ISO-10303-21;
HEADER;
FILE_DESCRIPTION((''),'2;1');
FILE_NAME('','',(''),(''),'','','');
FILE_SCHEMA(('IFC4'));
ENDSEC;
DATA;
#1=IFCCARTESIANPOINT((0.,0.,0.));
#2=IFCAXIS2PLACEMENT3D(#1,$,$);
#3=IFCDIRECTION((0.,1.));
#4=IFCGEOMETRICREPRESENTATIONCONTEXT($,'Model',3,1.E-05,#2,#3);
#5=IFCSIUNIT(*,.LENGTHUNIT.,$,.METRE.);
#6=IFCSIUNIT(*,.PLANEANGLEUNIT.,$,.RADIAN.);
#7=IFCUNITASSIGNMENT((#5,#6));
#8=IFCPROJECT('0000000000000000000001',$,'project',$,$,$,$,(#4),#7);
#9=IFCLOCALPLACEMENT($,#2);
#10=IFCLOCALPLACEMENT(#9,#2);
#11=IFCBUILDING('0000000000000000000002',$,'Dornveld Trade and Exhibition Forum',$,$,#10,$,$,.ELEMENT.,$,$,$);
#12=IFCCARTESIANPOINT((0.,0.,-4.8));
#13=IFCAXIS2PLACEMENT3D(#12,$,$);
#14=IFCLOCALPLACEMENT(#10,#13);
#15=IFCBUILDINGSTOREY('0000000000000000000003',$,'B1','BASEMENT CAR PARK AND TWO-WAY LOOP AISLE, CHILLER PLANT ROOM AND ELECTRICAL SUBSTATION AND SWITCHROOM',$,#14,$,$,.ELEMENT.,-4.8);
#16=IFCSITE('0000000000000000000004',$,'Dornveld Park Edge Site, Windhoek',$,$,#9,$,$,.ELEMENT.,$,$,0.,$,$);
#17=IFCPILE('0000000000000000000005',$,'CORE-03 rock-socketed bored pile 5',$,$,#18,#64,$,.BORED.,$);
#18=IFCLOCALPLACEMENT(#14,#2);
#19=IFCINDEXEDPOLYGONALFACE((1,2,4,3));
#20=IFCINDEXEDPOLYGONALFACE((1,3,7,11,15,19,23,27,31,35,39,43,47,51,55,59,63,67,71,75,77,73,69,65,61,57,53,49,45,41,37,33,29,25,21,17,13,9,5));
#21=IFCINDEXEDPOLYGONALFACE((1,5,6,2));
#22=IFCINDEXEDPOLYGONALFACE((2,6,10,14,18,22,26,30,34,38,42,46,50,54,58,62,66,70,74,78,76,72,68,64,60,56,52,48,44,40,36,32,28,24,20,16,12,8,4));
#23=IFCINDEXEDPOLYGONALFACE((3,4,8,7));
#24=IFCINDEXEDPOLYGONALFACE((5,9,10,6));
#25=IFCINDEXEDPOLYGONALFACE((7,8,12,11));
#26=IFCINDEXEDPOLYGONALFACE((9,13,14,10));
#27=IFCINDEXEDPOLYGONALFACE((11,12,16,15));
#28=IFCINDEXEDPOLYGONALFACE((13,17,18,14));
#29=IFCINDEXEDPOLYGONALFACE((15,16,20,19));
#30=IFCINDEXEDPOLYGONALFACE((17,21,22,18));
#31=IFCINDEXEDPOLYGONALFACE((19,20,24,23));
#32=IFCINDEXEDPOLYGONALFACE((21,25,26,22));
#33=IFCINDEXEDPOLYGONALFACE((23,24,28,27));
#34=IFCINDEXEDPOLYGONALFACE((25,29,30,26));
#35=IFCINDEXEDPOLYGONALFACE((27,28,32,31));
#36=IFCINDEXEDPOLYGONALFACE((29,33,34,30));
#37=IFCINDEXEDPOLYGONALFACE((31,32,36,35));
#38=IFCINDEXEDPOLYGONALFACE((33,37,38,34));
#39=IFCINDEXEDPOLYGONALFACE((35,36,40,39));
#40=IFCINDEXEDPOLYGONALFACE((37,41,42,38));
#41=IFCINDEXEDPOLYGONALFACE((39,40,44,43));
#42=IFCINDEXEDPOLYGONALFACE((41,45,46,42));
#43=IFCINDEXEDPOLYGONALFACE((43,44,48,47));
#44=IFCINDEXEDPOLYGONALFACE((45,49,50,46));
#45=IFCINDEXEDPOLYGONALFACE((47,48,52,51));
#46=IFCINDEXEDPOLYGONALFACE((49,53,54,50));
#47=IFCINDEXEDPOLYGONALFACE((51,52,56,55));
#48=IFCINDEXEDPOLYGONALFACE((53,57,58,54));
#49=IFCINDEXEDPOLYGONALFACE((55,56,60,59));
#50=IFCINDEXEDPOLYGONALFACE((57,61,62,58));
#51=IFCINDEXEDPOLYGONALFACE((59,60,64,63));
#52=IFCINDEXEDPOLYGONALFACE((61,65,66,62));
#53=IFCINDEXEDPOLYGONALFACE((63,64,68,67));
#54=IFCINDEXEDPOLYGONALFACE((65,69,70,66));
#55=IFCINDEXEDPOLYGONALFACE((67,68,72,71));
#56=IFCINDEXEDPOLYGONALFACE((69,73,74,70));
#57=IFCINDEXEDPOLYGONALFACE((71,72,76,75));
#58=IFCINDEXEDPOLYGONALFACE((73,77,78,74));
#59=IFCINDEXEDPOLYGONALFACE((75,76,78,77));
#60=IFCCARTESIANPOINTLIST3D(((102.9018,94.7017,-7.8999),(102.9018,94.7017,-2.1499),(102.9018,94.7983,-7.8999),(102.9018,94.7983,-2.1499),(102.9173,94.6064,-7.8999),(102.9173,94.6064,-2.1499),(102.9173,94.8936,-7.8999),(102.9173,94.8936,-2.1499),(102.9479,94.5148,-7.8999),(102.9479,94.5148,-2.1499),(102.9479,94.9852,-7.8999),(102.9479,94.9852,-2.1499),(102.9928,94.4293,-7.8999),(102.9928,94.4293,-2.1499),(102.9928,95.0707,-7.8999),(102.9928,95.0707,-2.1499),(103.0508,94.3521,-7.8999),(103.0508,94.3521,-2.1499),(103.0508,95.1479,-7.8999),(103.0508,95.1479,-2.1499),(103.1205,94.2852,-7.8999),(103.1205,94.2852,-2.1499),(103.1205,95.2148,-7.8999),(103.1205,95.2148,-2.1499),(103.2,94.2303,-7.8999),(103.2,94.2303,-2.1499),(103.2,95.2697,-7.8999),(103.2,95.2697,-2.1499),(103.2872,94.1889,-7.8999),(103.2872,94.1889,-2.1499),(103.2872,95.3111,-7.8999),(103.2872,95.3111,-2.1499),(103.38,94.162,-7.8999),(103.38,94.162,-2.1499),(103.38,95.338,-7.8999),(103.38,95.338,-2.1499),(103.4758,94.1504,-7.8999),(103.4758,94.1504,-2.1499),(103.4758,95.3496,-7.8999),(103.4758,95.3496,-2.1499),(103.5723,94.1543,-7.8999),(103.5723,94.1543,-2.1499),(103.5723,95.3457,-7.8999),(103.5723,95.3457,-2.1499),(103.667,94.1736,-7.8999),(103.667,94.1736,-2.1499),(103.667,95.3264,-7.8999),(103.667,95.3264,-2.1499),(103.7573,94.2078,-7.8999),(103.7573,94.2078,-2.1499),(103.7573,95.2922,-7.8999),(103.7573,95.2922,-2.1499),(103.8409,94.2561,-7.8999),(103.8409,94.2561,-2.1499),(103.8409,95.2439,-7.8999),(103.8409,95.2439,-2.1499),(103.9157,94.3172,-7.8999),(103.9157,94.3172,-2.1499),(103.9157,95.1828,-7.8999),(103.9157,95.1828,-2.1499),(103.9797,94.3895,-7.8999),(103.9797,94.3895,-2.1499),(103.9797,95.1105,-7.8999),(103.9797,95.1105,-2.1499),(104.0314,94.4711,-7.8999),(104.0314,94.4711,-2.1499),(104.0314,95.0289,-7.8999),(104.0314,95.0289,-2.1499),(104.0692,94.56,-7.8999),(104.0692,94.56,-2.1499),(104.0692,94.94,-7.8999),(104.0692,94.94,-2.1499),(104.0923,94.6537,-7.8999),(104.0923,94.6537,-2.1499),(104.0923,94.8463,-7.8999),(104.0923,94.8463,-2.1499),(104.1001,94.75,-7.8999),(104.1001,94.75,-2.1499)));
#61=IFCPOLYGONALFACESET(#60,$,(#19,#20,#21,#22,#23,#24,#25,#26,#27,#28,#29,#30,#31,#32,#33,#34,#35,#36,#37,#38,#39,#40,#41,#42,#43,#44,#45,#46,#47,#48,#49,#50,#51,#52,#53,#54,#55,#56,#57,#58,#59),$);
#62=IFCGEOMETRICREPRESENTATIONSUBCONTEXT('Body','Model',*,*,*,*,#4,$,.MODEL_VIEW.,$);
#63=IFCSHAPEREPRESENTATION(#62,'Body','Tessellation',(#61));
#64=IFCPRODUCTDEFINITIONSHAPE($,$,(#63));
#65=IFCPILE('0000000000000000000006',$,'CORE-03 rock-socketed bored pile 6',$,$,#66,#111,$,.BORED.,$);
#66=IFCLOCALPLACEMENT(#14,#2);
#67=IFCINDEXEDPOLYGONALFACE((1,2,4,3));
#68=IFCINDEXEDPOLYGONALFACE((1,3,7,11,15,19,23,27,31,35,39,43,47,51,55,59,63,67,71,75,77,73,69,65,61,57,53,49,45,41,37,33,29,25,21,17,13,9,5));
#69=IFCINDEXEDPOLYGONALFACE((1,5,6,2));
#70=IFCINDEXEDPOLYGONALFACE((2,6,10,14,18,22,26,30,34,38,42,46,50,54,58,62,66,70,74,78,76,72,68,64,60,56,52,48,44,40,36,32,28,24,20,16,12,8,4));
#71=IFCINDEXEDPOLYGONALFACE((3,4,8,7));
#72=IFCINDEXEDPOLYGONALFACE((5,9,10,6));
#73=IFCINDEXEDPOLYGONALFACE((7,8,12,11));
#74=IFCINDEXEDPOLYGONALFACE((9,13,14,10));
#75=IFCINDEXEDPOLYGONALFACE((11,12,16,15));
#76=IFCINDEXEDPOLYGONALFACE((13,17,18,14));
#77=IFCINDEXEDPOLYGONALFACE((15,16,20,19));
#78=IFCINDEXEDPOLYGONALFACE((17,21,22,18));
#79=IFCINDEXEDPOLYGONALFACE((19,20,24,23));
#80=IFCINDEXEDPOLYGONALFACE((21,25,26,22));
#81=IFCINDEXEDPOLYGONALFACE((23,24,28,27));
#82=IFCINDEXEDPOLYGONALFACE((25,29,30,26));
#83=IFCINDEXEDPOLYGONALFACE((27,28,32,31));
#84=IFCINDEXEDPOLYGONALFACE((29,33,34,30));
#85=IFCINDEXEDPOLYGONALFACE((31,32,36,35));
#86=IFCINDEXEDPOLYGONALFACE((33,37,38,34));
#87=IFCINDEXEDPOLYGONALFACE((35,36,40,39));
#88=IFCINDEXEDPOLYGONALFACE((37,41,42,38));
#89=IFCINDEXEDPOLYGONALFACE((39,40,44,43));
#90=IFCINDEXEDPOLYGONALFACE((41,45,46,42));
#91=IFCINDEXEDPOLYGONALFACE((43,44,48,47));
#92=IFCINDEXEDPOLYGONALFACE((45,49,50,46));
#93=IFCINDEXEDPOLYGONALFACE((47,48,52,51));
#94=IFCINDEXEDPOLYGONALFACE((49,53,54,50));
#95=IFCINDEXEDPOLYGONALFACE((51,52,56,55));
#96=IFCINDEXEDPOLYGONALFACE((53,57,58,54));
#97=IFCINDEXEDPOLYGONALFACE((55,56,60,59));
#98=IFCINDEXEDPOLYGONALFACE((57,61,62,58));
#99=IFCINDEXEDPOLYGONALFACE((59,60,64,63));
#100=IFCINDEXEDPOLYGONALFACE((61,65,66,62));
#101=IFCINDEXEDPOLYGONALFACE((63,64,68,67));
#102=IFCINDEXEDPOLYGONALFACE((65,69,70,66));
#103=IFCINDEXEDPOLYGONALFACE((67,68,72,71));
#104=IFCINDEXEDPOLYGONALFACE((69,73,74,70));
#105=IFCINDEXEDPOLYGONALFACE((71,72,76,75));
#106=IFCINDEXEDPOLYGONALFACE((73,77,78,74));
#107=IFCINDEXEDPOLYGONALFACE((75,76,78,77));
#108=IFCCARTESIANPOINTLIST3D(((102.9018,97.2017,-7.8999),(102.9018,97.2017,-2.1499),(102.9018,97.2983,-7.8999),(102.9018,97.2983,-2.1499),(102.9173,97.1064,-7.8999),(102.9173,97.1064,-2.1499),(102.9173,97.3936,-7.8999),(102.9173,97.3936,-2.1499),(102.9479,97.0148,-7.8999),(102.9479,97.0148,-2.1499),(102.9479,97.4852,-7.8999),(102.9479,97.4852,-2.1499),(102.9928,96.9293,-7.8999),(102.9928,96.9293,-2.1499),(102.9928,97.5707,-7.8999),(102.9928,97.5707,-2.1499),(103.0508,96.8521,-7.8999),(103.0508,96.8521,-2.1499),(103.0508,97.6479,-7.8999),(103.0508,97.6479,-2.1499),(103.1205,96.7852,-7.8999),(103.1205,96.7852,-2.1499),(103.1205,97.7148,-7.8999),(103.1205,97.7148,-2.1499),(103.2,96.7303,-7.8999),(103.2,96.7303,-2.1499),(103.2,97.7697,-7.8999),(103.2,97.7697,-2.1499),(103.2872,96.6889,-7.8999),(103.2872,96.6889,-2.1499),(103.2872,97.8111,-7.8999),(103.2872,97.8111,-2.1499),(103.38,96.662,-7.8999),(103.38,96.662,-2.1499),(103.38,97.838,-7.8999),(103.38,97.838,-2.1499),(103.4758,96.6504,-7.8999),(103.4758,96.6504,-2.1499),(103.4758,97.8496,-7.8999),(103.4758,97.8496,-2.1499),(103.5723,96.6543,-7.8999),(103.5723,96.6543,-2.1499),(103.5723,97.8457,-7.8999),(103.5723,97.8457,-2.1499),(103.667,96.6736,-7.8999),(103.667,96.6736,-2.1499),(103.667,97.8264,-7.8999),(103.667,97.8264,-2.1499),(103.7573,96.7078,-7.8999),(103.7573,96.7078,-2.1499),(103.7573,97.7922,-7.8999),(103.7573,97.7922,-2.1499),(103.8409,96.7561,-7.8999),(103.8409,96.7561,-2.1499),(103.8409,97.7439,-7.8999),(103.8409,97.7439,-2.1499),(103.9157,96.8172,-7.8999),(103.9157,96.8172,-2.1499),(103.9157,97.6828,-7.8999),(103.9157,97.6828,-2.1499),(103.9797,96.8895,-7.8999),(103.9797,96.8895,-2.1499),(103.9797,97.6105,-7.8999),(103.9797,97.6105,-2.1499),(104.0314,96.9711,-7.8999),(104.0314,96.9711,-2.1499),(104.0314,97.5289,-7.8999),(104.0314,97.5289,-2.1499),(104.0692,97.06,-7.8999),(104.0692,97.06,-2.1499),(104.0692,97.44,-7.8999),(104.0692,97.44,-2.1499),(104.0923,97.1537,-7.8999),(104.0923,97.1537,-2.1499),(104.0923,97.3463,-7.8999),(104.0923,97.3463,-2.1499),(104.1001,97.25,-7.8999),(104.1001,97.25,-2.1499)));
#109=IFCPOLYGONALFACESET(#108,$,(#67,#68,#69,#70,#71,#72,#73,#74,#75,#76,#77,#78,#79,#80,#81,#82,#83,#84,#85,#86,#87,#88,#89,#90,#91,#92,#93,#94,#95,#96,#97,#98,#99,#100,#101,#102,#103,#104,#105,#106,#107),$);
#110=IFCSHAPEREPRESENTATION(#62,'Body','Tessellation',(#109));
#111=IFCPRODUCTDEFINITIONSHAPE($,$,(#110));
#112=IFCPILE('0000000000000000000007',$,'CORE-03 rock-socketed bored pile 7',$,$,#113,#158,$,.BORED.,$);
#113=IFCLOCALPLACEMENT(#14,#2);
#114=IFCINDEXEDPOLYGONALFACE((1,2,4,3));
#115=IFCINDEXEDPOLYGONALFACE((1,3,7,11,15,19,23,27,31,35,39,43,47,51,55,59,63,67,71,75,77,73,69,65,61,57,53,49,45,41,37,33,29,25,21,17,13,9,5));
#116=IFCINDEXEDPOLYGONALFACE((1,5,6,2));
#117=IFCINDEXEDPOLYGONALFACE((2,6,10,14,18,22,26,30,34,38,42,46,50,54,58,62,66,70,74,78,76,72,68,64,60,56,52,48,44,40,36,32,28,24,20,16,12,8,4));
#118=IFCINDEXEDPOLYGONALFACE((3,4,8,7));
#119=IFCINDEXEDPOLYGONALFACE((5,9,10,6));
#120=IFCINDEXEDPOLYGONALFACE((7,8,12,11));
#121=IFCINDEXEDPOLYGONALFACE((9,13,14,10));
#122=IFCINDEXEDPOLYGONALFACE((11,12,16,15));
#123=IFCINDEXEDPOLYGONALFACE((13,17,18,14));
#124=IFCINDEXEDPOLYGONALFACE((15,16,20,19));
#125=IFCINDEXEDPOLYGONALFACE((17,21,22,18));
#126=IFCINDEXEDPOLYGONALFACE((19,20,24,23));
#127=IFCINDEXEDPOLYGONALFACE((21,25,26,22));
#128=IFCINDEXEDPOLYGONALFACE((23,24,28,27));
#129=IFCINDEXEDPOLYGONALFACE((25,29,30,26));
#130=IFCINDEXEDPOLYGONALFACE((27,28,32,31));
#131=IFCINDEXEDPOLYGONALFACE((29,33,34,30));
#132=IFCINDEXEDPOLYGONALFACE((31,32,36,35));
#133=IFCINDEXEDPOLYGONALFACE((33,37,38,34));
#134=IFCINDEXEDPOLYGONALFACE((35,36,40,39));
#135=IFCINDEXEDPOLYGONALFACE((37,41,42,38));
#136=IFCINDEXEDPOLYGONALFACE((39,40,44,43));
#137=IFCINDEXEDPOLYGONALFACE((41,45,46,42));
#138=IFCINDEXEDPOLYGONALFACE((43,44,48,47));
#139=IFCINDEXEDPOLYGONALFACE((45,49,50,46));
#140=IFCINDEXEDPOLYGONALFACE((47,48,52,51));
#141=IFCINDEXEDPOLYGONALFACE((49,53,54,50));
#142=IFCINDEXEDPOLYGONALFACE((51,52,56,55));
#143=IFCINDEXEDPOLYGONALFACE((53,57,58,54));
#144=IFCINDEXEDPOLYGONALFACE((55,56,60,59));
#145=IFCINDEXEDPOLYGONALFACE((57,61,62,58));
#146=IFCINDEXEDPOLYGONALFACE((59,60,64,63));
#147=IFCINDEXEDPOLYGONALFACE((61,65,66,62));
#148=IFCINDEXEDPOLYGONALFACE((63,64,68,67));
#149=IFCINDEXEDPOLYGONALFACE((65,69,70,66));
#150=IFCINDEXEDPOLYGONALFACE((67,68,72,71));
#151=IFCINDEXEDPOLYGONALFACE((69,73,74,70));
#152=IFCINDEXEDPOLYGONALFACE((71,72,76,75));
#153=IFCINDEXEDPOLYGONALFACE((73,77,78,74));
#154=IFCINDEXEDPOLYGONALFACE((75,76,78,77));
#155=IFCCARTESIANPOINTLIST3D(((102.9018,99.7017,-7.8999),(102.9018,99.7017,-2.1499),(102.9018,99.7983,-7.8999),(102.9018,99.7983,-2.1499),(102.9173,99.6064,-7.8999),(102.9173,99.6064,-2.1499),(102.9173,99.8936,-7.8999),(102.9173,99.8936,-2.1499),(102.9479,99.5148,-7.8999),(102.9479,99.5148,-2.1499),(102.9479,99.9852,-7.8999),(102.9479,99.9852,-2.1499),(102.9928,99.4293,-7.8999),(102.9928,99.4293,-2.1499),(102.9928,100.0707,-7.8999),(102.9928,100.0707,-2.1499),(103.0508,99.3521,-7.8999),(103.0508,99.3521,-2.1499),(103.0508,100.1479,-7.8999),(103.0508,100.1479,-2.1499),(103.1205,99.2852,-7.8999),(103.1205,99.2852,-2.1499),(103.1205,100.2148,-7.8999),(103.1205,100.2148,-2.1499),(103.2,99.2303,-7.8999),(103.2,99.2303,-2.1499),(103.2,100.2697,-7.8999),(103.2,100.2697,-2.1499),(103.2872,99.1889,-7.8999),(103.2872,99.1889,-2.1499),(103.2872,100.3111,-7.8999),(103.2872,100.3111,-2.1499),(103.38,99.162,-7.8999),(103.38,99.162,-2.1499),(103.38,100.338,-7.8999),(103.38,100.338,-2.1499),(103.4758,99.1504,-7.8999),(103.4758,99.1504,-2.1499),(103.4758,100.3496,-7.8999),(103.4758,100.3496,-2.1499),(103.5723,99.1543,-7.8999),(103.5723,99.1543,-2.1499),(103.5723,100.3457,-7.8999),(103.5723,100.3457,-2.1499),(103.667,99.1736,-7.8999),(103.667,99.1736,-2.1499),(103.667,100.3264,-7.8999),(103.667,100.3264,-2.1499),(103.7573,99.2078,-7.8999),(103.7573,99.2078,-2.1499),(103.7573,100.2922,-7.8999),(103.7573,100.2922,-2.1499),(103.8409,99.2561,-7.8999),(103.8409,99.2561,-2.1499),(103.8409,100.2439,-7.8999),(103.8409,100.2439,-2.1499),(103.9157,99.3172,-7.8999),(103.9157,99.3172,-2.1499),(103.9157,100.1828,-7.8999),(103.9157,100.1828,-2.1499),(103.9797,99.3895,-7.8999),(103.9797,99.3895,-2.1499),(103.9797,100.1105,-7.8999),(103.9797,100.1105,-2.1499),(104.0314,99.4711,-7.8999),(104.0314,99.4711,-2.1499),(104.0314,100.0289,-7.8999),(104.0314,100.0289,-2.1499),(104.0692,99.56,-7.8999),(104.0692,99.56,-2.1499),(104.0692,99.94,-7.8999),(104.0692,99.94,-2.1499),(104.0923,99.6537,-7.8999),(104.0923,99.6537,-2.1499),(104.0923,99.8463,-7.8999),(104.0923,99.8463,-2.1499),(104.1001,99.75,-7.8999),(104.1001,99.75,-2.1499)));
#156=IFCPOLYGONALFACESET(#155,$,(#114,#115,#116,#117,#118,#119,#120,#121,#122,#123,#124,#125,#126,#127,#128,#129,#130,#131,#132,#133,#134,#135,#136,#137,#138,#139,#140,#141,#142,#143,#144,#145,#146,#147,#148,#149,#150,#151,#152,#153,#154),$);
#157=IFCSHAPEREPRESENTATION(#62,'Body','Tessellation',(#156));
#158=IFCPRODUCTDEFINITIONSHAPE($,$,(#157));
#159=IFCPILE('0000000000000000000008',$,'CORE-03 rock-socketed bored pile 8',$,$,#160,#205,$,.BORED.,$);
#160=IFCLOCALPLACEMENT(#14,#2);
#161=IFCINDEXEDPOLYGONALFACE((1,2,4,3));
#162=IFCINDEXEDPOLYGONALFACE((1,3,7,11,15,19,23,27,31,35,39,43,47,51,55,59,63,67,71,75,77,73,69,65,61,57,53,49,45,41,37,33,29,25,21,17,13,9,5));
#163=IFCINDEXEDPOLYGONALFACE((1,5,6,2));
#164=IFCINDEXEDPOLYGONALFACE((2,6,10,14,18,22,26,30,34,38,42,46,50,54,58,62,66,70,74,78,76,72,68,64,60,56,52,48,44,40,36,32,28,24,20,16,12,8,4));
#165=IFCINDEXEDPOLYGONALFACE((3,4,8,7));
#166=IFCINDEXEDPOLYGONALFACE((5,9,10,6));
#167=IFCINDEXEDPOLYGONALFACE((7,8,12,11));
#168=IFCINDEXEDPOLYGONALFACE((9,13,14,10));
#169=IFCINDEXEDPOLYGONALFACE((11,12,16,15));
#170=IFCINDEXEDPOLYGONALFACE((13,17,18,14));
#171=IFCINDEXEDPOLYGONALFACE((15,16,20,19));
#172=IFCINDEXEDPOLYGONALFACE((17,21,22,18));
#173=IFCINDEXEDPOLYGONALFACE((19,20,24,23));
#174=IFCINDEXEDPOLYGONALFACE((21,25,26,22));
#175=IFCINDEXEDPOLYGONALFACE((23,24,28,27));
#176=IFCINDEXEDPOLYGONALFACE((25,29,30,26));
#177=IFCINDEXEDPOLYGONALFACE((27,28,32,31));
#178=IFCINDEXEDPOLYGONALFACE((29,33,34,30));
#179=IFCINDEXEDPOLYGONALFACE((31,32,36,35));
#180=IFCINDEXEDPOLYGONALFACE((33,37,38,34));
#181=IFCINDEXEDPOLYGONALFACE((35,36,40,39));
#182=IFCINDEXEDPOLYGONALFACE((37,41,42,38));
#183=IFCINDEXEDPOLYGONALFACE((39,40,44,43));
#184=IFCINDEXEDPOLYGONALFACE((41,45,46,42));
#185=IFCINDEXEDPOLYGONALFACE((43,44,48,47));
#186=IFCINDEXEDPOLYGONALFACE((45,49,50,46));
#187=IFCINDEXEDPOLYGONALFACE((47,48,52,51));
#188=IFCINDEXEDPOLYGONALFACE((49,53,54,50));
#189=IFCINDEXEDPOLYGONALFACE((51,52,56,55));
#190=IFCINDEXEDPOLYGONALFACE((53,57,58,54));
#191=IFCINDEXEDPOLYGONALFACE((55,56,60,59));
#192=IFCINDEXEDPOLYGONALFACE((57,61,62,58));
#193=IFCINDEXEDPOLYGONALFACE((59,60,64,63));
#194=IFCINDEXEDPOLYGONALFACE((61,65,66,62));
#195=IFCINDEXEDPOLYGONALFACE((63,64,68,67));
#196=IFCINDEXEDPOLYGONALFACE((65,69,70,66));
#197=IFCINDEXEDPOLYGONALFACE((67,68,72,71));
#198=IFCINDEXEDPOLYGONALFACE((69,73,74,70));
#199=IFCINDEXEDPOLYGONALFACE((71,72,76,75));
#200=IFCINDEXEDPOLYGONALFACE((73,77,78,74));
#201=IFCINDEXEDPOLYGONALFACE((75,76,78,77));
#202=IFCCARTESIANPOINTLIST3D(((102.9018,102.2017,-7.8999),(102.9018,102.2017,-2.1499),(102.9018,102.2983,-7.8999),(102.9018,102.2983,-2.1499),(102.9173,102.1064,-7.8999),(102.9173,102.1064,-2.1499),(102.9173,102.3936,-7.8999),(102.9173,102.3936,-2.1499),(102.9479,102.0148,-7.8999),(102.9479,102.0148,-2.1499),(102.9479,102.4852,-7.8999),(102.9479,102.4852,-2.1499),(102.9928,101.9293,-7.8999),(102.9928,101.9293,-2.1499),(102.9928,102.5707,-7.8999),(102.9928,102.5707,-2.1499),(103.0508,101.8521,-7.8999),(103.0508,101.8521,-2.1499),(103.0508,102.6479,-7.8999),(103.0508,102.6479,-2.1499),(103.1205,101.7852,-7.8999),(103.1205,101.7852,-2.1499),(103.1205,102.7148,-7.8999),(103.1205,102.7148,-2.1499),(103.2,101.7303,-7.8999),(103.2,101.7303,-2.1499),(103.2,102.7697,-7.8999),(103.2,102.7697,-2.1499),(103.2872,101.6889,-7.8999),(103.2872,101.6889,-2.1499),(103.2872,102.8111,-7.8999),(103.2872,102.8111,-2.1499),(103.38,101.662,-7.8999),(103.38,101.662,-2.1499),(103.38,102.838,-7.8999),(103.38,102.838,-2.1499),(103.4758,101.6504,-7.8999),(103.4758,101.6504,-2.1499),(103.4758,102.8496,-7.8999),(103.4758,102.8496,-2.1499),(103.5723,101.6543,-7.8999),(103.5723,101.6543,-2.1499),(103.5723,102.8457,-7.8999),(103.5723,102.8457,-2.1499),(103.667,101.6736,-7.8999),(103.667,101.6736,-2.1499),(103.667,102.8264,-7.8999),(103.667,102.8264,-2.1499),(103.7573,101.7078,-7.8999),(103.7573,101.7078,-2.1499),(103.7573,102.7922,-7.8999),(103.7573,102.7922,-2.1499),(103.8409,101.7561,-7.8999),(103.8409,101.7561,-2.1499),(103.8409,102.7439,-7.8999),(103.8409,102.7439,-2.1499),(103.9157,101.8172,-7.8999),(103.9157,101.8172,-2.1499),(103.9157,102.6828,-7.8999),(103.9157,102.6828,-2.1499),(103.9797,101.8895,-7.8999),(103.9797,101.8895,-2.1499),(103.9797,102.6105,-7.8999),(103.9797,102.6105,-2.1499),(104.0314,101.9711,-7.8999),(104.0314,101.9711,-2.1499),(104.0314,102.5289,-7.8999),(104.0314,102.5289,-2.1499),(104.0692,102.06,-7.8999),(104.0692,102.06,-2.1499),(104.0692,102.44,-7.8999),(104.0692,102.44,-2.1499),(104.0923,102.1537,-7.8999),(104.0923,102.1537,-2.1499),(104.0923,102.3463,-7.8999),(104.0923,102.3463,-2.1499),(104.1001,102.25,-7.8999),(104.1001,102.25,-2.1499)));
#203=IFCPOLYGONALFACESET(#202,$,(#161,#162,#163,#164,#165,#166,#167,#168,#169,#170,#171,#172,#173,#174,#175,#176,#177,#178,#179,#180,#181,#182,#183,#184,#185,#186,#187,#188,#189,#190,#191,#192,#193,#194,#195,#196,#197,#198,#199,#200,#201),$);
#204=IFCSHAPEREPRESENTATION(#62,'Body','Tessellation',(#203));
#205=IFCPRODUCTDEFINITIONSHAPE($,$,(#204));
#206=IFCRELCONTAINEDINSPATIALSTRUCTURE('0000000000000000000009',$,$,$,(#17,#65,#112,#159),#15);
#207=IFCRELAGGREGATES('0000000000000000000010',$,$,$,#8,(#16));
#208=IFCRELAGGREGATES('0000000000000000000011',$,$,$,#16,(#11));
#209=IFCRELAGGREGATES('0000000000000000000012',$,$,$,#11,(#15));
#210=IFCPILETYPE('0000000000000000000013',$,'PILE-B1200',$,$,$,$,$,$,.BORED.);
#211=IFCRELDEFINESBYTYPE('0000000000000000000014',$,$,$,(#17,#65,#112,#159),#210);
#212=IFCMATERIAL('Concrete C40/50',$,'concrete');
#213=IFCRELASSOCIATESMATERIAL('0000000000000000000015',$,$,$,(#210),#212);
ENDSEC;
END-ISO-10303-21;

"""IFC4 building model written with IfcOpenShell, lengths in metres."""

from ifc_helpers import new_model, si_unit, direction, frame, origin, origin_2d, place, context, subcontext, project, spatial, circle, extrude, material, material_profile, profile_set, type_object, element, save


model = new_model("IFC4")

# Units and contexts
model_context = context("Model", 3, precision=1e-05, world=origin(), true_north=direction((0.0, 1.0)))
body_context = subcontext(model_context, "Body", "Model", "MODEL_VIEW")
ifc_project = project(units=[si_unit("LENGTHUNIT", "METRE"), si_unit("PLANEANGLEUNIT", "RADIAN")], contexts=[model_context])

# Site, building, storey
site_placement = place(None, origin())
site = spatial("IfcSite", under=ifc_project, at=site_placement, Name="Dornveld Park Edge Site, Windhoek", CompositionType="ELEMENT", RefElevation=0.0)
building_placement = place(site_placement, origin())
building = spatial("IfcBuilding", under=site, at=building_placement, Name="Dornveld Trade and Exhibition Forum", CompositionType="ELEMENT")
storey_placement = place(building_placement, frame((0.0, 0.0, -4.8)))
storey = spatial("IfcBuildingStorey", under=building, at=storey_placement, Name="B1", Description="BASEMENT CAR PARK AND TWO-WAY LOOP AISLE, CHILLER PLANT ROOM AND ELECTRICAL SUBSTATION AND SWITCHROOM", CompositionType="ELEMENT", Elevation=-4.8)

# Piles
ifc_material_1 = material(Name="Concrete C40/50", Category="concrete")
ifc_material_profile_1 = material_profile(ifc_material_1, circle(Radius=0.6001, at=origin_2d()), Name="PILE D1200")
ifc_profile_set_1 = profile_set([ifc_material_profile_1], Name="Concrete C40/50")
pile_type = type_object("IfcPileType", Name="PILE-B1200", PredefinedType="BORED", material=ifc_profile_set_1)
for number, where, z_axis, x_axis, name in (
    (1, (103.5, 94.75, -2.1499), (0.0, 0.0, -1.0), (1.0, 0.0, 0.0), "CORE-03 rock-socketed bored pile 5"),
    (2, (103.5, 97.25, -2.1499), (0.0, 0.0, -1.0), (1.0, 0.0, 0.0), "CORE-03 rock-socketed bored pile 6"),
    (3, (103.5, 99.75, -2.1499), (0.0, 0.0, -1.0), (1.0, 0.0, 0.0), "CORE-03 rock-socketed bored pile 7"),
    (4, (103.5, 102.25, -2.1499), (0.0, 0.0, -1.0), (1.0, 0.0, 0.0), "CORE-03 rock-socketed bored pile 8"),
):
    element("IfcPile", number, at=place(storey_placement, frame(where, z_axis=z_axis, x_axis=x_axis)), inside=storey, type_object=pile_type, Name=name, PredefinedType="BORED", context=body_context, shape_type="SweptSolid", body=[
        extrude(circle(Radius=0.6001, at=origin_2d()), origin(), (0.0, 0.0, 1.0), 5.75),
    ])

save(model, "model.ifc")
